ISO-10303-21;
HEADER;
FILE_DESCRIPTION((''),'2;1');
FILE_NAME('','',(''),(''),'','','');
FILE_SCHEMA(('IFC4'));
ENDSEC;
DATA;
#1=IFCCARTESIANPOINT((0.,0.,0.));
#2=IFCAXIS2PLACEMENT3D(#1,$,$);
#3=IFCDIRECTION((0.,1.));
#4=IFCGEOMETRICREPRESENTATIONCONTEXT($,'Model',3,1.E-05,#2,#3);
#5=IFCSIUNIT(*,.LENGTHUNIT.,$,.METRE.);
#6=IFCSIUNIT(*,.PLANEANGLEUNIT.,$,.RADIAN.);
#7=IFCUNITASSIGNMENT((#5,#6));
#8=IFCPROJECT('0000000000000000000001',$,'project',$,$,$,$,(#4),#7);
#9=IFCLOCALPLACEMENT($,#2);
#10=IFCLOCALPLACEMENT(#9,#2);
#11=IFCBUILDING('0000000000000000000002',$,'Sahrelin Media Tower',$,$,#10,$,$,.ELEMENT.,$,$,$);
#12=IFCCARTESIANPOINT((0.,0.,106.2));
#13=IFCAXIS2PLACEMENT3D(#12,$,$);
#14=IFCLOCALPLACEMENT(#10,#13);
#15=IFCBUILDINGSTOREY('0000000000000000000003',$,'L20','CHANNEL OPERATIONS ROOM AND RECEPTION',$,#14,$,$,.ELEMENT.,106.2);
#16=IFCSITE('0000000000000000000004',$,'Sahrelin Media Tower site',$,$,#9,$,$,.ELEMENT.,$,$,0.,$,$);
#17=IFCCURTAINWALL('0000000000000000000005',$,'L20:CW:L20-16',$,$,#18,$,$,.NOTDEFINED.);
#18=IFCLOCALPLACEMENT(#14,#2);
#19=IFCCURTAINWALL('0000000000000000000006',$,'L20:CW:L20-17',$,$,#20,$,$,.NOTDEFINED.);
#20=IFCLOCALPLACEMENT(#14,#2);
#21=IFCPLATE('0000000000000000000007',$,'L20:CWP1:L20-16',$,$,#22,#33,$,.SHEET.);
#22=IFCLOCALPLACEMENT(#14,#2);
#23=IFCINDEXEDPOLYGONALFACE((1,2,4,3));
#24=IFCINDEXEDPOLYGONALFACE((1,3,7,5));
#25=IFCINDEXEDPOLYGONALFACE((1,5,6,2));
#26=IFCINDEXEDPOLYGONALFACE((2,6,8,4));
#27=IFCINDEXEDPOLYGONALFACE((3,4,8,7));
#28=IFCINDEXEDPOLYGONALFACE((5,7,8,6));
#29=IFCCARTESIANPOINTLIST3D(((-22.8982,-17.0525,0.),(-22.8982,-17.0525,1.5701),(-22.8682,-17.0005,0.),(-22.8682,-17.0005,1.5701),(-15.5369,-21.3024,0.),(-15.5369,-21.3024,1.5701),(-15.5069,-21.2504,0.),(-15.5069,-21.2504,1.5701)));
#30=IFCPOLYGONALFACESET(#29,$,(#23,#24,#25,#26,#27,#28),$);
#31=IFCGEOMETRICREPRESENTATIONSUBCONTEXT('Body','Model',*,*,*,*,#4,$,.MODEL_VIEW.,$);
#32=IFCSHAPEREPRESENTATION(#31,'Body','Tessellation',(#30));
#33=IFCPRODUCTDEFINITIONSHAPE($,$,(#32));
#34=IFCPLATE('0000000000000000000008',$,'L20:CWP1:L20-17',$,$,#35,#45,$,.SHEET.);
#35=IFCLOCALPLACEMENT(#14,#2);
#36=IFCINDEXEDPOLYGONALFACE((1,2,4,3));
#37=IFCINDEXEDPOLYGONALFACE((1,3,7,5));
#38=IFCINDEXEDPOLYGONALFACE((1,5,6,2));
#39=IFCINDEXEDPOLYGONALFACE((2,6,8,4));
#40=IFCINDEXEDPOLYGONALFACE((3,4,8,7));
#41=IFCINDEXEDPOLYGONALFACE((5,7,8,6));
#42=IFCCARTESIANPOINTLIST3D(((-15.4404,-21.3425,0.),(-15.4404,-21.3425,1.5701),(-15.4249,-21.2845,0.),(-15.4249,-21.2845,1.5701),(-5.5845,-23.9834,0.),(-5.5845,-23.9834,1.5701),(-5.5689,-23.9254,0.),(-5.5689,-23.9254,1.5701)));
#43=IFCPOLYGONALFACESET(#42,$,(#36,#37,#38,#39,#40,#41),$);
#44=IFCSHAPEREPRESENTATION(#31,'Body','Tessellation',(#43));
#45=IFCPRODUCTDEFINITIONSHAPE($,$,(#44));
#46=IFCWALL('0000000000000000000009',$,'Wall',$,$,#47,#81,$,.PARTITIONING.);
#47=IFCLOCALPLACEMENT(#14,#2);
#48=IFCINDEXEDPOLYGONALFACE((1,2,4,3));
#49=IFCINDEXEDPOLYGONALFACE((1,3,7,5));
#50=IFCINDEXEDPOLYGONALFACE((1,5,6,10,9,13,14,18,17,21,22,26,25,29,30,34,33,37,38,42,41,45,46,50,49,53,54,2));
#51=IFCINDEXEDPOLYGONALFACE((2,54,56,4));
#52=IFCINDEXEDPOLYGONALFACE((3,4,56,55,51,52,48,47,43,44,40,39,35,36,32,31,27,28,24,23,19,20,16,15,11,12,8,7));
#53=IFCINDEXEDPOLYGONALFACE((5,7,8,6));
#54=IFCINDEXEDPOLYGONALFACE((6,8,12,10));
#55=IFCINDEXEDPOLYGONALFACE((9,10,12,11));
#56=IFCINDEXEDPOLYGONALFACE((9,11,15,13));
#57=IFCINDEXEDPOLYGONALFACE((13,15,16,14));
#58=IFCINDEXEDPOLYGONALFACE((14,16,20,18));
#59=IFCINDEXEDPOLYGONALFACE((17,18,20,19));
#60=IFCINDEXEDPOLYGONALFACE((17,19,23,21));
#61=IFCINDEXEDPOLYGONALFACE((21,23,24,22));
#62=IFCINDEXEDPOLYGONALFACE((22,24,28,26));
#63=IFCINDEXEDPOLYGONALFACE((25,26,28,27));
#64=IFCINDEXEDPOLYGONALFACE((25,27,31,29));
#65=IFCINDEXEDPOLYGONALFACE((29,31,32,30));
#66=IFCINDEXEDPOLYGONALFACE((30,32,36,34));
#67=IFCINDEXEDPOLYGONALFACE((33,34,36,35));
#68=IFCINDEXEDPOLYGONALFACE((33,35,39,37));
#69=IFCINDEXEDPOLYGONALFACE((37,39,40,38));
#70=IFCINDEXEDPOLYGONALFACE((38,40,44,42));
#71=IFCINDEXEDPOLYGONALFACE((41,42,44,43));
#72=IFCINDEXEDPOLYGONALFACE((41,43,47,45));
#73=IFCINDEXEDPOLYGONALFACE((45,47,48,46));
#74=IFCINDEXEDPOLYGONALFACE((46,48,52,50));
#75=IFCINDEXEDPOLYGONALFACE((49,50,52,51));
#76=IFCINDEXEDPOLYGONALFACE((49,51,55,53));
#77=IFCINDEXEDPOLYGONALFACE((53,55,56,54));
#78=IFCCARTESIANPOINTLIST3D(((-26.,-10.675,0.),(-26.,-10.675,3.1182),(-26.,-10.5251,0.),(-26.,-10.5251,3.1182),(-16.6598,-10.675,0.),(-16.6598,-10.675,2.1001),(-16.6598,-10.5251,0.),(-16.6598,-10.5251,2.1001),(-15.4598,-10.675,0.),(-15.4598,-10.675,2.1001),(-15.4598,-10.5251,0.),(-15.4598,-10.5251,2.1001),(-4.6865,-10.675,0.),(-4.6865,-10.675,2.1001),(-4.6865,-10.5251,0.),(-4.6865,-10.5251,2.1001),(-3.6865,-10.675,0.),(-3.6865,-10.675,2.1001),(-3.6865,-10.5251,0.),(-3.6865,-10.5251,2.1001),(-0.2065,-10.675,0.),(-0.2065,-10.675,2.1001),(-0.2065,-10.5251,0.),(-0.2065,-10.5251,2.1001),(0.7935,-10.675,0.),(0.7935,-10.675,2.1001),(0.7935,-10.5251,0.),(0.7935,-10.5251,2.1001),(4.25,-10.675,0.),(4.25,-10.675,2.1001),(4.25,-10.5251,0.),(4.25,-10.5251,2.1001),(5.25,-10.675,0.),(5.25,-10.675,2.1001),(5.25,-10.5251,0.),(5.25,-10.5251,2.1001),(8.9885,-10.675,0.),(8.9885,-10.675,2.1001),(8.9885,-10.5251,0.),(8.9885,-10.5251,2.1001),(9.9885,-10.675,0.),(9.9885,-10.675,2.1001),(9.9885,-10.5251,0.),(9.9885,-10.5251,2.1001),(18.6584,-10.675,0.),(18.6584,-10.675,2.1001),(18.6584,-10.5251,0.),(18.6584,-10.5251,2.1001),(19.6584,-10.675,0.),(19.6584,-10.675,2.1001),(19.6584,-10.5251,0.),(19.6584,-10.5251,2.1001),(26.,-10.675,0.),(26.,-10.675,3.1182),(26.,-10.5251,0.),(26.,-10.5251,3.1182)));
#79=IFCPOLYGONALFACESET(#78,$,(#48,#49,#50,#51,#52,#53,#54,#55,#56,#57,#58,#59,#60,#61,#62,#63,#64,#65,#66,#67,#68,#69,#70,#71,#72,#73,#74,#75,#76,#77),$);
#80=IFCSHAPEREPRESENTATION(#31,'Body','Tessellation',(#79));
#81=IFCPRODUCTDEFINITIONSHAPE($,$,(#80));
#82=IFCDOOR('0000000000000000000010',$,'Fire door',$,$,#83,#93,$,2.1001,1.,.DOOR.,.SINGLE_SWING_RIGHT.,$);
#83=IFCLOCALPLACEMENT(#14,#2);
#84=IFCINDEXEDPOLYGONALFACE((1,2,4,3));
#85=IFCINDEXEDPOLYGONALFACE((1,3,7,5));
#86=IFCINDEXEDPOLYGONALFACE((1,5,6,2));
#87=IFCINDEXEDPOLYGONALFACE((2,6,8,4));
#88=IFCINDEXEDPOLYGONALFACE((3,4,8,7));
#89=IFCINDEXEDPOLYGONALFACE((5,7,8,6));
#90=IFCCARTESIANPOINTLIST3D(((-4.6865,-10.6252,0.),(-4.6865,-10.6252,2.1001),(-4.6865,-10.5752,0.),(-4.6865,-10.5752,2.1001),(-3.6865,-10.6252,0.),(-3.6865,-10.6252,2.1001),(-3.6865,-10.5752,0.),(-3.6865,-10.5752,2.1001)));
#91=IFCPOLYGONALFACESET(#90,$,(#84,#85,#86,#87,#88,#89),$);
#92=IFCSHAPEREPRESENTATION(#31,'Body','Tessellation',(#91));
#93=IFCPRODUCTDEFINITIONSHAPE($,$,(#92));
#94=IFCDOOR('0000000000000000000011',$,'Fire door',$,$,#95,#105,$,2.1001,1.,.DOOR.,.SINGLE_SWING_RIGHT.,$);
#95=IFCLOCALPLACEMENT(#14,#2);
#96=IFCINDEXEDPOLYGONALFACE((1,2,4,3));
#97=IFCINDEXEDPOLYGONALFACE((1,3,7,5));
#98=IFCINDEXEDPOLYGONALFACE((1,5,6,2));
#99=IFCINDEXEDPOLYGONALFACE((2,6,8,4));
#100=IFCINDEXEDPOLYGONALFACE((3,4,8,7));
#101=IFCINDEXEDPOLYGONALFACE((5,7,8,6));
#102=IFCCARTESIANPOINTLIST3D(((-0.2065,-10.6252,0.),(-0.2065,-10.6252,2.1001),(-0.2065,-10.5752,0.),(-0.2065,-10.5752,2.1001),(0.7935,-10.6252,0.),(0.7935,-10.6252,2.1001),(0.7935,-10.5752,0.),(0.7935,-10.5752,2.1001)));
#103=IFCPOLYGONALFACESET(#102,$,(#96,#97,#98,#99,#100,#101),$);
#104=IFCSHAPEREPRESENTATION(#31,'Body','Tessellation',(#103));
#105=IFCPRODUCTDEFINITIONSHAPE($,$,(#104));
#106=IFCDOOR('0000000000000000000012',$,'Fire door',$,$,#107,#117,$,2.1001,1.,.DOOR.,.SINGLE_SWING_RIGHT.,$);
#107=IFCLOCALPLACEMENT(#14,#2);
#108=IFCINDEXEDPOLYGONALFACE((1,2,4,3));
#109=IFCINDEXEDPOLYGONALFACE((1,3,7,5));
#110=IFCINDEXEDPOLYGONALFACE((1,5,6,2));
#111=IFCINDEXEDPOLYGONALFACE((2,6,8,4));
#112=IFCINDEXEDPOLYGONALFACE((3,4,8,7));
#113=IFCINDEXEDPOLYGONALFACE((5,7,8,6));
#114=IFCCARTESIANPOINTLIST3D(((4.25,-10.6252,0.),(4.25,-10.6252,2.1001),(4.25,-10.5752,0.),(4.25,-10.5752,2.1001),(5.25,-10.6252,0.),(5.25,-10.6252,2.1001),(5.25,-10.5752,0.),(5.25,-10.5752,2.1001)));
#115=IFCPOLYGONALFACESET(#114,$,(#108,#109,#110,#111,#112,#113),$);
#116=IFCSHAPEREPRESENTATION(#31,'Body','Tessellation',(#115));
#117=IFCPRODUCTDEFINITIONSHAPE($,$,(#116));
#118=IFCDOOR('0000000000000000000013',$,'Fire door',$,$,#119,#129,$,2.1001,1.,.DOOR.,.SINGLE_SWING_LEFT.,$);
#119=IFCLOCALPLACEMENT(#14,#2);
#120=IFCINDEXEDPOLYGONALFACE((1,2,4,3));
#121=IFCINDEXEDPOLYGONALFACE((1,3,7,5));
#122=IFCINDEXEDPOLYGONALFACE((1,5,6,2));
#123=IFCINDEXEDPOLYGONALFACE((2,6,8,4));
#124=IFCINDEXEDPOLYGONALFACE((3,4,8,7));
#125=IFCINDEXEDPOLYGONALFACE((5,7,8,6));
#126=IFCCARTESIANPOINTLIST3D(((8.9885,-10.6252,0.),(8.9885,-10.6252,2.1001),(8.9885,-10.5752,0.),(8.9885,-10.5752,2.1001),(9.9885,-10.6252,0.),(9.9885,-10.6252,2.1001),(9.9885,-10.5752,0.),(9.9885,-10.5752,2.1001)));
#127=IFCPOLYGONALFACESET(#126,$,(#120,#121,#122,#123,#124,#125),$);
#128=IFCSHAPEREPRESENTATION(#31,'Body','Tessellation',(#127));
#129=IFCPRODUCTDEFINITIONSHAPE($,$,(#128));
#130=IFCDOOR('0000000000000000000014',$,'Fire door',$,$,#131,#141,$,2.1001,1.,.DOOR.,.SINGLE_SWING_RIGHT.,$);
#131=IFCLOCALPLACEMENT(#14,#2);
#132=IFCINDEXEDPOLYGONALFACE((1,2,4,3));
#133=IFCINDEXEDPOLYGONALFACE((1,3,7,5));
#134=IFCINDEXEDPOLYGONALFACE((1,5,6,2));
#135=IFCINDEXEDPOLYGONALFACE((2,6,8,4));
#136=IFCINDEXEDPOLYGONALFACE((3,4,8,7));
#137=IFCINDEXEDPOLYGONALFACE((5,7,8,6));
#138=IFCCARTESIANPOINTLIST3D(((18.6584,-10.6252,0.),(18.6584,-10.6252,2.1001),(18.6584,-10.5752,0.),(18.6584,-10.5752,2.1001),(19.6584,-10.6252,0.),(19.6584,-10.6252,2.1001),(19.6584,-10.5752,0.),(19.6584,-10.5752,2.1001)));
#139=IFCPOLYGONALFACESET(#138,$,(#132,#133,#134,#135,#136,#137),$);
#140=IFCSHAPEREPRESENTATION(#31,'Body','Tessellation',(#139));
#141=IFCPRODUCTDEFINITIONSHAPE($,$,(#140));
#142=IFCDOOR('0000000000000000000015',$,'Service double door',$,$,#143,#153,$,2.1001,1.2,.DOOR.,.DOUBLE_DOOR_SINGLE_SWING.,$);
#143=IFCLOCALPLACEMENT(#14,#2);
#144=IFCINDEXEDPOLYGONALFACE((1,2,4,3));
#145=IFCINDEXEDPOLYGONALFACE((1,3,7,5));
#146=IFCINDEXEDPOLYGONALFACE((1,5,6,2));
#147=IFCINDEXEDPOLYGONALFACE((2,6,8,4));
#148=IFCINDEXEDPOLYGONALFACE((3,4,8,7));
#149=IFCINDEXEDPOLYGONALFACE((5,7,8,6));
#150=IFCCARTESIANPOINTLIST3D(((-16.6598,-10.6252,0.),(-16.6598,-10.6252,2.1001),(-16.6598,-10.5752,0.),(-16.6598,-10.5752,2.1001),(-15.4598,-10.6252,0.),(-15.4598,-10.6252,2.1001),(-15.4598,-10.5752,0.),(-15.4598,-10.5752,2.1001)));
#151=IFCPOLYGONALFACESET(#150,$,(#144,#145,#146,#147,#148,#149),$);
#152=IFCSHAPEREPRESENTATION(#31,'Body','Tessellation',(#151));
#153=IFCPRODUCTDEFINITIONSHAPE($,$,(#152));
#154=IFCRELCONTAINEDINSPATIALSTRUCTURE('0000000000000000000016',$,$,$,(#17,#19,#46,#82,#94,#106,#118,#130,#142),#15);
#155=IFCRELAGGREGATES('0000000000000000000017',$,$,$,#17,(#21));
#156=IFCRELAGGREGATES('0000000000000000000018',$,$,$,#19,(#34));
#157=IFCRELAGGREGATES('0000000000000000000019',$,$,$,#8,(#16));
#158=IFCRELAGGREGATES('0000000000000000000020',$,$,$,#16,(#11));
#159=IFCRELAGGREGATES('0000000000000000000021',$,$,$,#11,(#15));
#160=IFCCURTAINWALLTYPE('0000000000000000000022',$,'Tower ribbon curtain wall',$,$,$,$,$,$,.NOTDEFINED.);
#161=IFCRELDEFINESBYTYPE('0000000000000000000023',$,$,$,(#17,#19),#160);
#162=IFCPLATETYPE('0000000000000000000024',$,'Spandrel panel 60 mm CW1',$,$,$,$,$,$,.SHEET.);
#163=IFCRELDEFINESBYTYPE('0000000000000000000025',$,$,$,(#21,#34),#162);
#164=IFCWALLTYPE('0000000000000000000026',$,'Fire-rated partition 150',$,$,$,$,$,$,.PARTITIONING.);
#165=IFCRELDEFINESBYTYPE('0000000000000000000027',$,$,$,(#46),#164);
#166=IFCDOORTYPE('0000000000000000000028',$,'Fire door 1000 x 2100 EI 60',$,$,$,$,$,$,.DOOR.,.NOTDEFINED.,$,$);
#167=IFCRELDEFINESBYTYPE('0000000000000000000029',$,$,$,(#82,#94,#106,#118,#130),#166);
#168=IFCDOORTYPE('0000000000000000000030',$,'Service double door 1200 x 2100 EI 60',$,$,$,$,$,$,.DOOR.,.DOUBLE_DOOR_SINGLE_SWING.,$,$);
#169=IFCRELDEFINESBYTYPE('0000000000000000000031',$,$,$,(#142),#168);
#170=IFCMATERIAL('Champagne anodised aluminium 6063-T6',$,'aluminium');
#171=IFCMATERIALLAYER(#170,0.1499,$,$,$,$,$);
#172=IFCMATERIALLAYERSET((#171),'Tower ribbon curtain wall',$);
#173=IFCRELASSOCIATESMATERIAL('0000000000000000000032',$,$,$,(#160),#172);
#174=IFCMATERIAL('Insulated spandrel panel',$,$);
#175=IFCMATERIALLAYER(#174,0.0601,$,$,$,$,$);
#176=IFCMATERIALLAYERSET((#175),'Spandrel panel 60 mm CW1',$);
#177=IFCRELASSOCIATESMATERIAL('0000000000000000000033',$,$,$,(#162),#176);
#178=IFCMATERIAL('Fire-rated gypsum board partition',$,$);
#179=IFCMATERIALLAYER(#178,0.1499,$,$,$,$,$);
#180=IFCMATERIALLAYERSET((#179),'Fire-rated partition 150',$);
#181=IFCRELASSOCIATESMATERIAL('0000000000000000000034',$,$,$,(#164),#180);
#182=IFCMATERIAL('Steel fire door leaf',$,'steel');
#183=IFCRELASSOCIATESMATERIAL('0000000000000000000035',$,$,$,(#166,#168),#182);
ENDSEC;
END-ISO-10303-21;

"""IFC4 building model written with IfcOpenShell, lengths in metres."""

from ifc_helpers import new_model, si_unit, direction, frame, frame_2d, origin, place, context, subcontext, project, spatial, polyline, rectangle, outline, extrude, material, layer, layer_set, type_object, element, fill, aggregate, save


model = new_model("IFC4")

# Units and contexts
model_context = context("Model", 3, precision=1e-05, world=origin(), true_north=direction((0.0, 1.0)))
body_context = subcontext(model_context, "Body", "Model", "MODEL_VIEW")
ifc_project = project(units=[si_unit("LENGTHUNIT", "METRE"), si_unit("PLANEANGLEUNIT", "RADIAN")], contexts=[model_context])

# Site, building, storey
site_placement = place(None, origin())
site = spatial("IfcSite", under=ifc_project, at=site_placement, Name="Sahrelin Media Tower site", CompositionType="ELEMENT", RefElevation=0.0)
building_placement = place(site_placement, origin())
building = spatial("IfcBuilding", under=site, at=building_placement, Name="Sahrelin Media Tower", CompositionType="ELEMENT")
storey_placement = place(building_placement, frame((0.0, 0.0, 106.2)))
storey = spatial("IfcBuildingStorey", under=building, at=storey_placement, Name="L20", Description="CHANNEL OPERATIONS ROOM AND RECEPTION", CompositionType="ELEMENT", Elevation=106.2)

# Curtain wall
ifc_material_1 = material(Name="Champagne anodised aluminium 6063-T6", Category="aluminium")
ifc_layer_1 = layer(ifc_material_1, 0.1499)
ifc_layer_set_1 = layer_set([ifc_layer_1], Name="Tower ribbon curtain wall")
curtain_wall_type = type_object("IfcCurtainWallType", Name="Tower ribbon curtain wall", PredefinedType="NOTDEFINED", material=ifc_layer_set_1)
curtain_wall_1_placement = place(storey_placement, frame((-19.2075, -19.1604, 0.0), z_axis=(0.0, 0.0, 1.0), x_axis=(1.0, 0.0, 0.0)))
curtain_wall_1 = element("IfcCurtainWall", 1, at=curtain_wall_1_placement, inside=storey, type_object=curtain_wall_type, Name="L20:CW:L20-16", PredefinedType="NOTDEFINED")

# Curtain wall
curtain_wall_2_placement = place(storey_placement, frame((-10.5073, -22.6438, 0.0), z_axis=(0.0, 0.0, 1.0), x_axis=(1.0, 0.0, 0.0)))
curtain_wall_2 = element("IfcCurtainWall", 2, at=curtain_wall_2_placement, inside=storey, type_object=curtain_wall_type, Name="L20:CW:L20-17", PredefinedType="NOTDEFINED")

# Plates
ifc_material_2 = material(Name="Insulated spandrel panel")
ifc_layer_2 = layer(ifc_material_2, 0.0601)
ifc_layer_set_2 = layer_set([ifc_layer_2], Name="Spandrel panel 60 mm CW1")
plate_type_1 = type_object("IfcPlateType", Name="Spandrel panel 60 mm CW1", PredefinedType="SHEET", material=ifc_layer_set_2)
plate_1_placement = place(storey_placement, frame((-22.8982, -17.0525, 0.0), z_axis=(-0.499994, -0.866029, 0.0), x_axis=(0.866029, -0.499994, 0.0)))
plate_1 = element("IfcPlate", 3, at=plate_1_placement, type_object=plate_type_1, Name="L20:CWP1:L20-16", PredefinedType="SHEET", context=body_context, shape_type="SweptSolid", body=[
    extrude(outline(polyline([(0.0, 0.0), (8.5, 0.0), (8.5, 1.5701), (0.0, 1.5701), (0.0, 0.0)])), origin(), (0.0, 0.0, -1.0), 0.0601),
])
aggregate(curtain_wall_1, [plate_1])
plate_2_placement = place(storey_placement, frame((-15.4404, -21.3425, 0.0), z_axis=(-0.258817, -0.965926, 0.0), x_axis=(0.965926, -0.258817, 0.0)))
plate_2 = element("IfcPlate", 4, at=plate_2_placement, type_object=plate_type_1, Name="L20:CWP1:L20-17", PredefinedType="SHEET", context=body_context, shape_type="SweptSolid", body=[
    extrude(outline(polyline([(0.0, 0.0), (10.2036, 0.0), (10.2036, 1.5701), (0.0, 1.5701), (0.0, 0.0)])), origin(), (0.0, 0.0, -1.0), 0.0601),
])
aggregate(curtain_wall_2, [plate_2])

# Wall, openings, doors
ifc_material_3 = material(Name="Fire-rated gypsum board partition")
ifc_layer_3 = layer(ifc_material_3, 0.1499)
ifc_layer_set_3 = layer_set([ifc_layer_3], Name="Fire-rated partition 150")
wall_type = type_object("IfcWallType", Name="Fire-rated partition 150", PredefinedType="PARTITIONING", material=ifc_layer_set_3)
wall_placement = place(storey_placement, frame((-26.0, -10.6001, 0.0), z_axis=(0.0, 0.0, 1.0), x_axis=(1.0, 0.0, 0.0)))
wall = element("IfcWall", 5, at=wall_placement, inside=storey, type_object=wall_type, Name="Wall", PredefinedType="PARTITIONING", context=body_context, shape_type="SweptSolid", body=[
    extrude(rectangle(XDim=52.0, YDim=0.1499, at=frame_2d((26.0, 0.0))), origin(), (0.0, 0.0, 1.0), 3.1182),
])
opening_1_placement = place(wall_placement, frame((9.3401, 0.0, 0.0)))
opening_1 = element("IfcOpeningElement", 6, at=opening_1_placement, cuts=wall, PredefinedType="OPENING", context=body_context, shape_type="SweptSolid", body=[
    extrude(rectangle(XDim=1.2, YDim=2.1001, at=frame_2d((0.6001, 1.05))), frame((0.0, 0.075, 0.0), z_axis=(0.0, -1.0, 0.0), x_axis=(1.0, 0.0, 0.0)), (0.0, 0.0, 1.0), 0.1499),
])
opening_2_placement = place(wall_placement, frame((21.3135, 0.0, 0.0)))
opening_2 = element("IfcOpeningElement", 7, at=opening_2_placement, cuts=wall, PredefinedType="OPENING", context=body_context, shape_type="SweptSolid", body=[
    extrude(rectangle(XDim=1.0, YDim=2.1001, at=frame_2d((0.5, 1.05))), frame((0.0, 0.075, 0.0), z_axis=(0.0, -1.0, 0.0), x_axis=(1.0, 0.0, 0.0)), (0.0, 0.0, 1.0), 0.1499),
])
opening_3_placement = place(wall_placement, frame((25.7935, 0.0, 0.0)))
opening_3 = element("IfcOpeningElement", 8, at=opening_3_placement, cuts=wall, PredefinedType="OPENING", context=body_context, shape_type="SweptSolid", body=[
    extrude(rectangle(XDim=1.0, YDim=2.1001, at=frame_2d((0.5, 1.05))), frame((0.0, 0.075, 0.0), z_axis=(0.0, -1.0, 0.0), x_axis=(1.0, 0.0, 0.0)), (0.0, 0.0, 1.0), 0.1499),
])
opening_4_placement = place(wall_placement, frame((30.25, 0.0, 0.0)))
opening_4 = element("IfcOpeningElement", 9, at=opening_4_placement, cuts=wall, PredefinedType="OPENING", context=body_context, shape_type="SweptSolid", body=[
    extrude(rectangle(XDim=1.0, YDim=2.1001, at=frame_2d((0.5, 1.05))), frame((0.0, 0.075, 0.0), z_axis=(0.0, -1.0, 0.0), x_axis=(1.0, 0.0, 0.0)), (0.0, 0.0, 1.0), 0.1499),
])
opening_5_placement = place(wall_placement, frame((34.9885, 0.0, 0.0)))
opening_5 = element("IfcOpeningElement", 10, at=opening_5_placement, cuts=wall, PredefinedType="OPENING", context=body_context, shape_type="SweptSolid", body=[
    extrude(rectangle(XDim=1.0, YDim=2.1001, at=frame_2d((0.5, 1.05))), frame((0.0, 0.075, 0.0), z_axis=(0.0, -1.0, 0.0), x_axis=(1.0, 0.0, 0.0)), (0.0, 0.0, 1.0), 0.1499),
])
opening_6_placement = place(wall_placement, frame((44.6584, 0.0, 0.0)))
opening_6 = element("IfcOpeningElement", 11, at=opening_6_placement, cuts=wall, PredefinedType="OPENING", context=body_context, shape_type="SweptSolid", body=[
    extrude(rectangle(XDim=1.0, YDim=2.1001, at=frame_2d((0.5, 1.05))), frame((0.0, 0.075, 0.0), z_axis=(0.0, -1.0, 0.0), x_axis=(1.0, 0.0, 0.0)), (0.0, 0.0, 1.0), 0.1499),
])
ifc_material_4 = material(Name="Steel fire door leaf", Category="steel")
door_type_1 = type_object("IfcDoorType", Name="Fire door 1000 x 2100 EI 60", OperationType="NOTDEFINED", PredefinedType="DOOR", material=ifc_material_4)
door_1_placement = place(opening_2_placement, origin())
door_1 = element("IfcDoor", 12, at=door_1_placement, inside=storey, type_object=door_type_1, Name="Fire door", OperationType="SINGLE_SWING_RIGHT", OverallHeight=2.1001, OverallWidth=1.0, PredefinedType="DOOR", context=body_context, shape_type="SweptSolid", body=[
    extrude(rectangle(XDim=1.0, YDim=2.1001, at=frame_2d((0.5, 1.05))), frame((0.0, 0.0249, 0.0), z_axis=(0.0, -1.0, 0.0), x_axis=(1.0, 0.0, 0.0)), (0.0, 0.0, 1.0), 0.05),
])
fill(opening_2, door_1)
door_2_placement = place(opening_3_placement, origin())
door_2 = element("IfcDoor", 13, at=door_2_placement, inside=storey, type_object=door_type_1, Name="Fire door", OperationType="SINGLE_SWING_RIGHT", OverallHeight=2.1001, OverallWidth=1.0, PredefinedType="DOOR", context=body_context, shape_type="SweptSolid", body=[
    extrude(rectangle(XDim=1.0, YDim=2.1001, at=frame_2d((0.5, 1.05))), frame((0.0, 0.0249, 0.0), z_axis=(0.0, -1.0, 0.0), x_axis=(1.0, 0.0, 0.0)), (0.0, 0.0, 1.0), 0.05),
])
fill(opening_3, door_2)
door_3_placement = place(opening_4_placement, origin())
door_3 = element("IfcDoor", 14, at=door_3_placement, inside=storey, type_object=door_type_1, Name="Fire door", OperationType="SINGLE_SWING_RIGHT", OverallHeight=2.1001, OverallWidth=1.0, PredefinedType="DOOR", context=body_context, shape_type="SweptSolid", body=[
    extrude(rectangle(XDim=1.0, YDim=2.1001, at=frame_2d((0.5, 1.05))), frame((0.0, 0.0249, 0.0), z_axis=(0.0, -1.0, 0.0), x_axis=(1.0, 0.0, 0.0)), (0.0, 0.0, 1.0), 0.05),
])
fill(opening_4, door_3)
door_4_placement = place(opening_5_placement, origin())
door_4 = element("IfcDoor", 15, at=door_4_placement, inside=storey, type_object=door_type_1, Name="Fire door", OperationType="SINGLE_SWING_LEFT", OverallHeight=2.1001, OverallWidth=1.0, PredefinedType="DOOR", context=body_context, shape_type="SweptSolid", body=[
    extrude(rectangle(XDim=1.0, YDim=2.1001, at=frame_2d((0.5, 1.05))), frame((0.0, 0.0249, 0.0), z_axis=(0.0, -1.0, 0.0), x_axis=(1.0, 0.0, 0.0)), (0.0, 0.0, 1.0), 0.05),
])
fill(opening_5, door_4)
door_5_placement = place(opening_6_placement, origin())
door_5 = element("IfcDoor", 16, at=door_5_placement, inside=storey, type_object=door_type_1, Name="Fire door", OperationType="SINGLE_SWING_RIGHT", OverallHeight=2.1001, OverallWidth=1.0, PredefinedType="DOOR", context=body_context, shape_type="SweptSolid", body=[
    extrude(rectangle(XDim=1.0, YDim=2.1001, at=frame_2d((0.5, 1.05))), frame((0.0, 0.0249, 0.0), z_axis=(0.0, -1.0, 0.0), x_axis=(1.0, 0.0, 0.0)), (0.0, 0.0, 1.0), 0.05),
])
fill(opening_6, door_5)
door_type_2 = type_object("IfcDoorType", Name="Service double door 1200 x 2100 EI 60", OperationType="DOUBLE_DOOR_SINGLE_SWING", PredefinedType="DOOR", material=ifc_material_4)
door_6_placement = place(opening_1_placement, origin())
door_6 = element("IfcDoor", 17, at=door_6_placement, inside=storey, type_object=door_type_2, Name="Service double door", OperationType="DOUBLE_DOOR_SINGLE_SWING", OverallHeight=2.1001, OverallWidth=1.2, PredefinedType="DOOR", context=body_context, shape_type="SweptSolid", body=[
    extrude(rectangle(XDim=1.2, YDim=2.1001, at=frame_2d((0.6001, 1.05))), frame((0.0, 0.0249, 0.0), z_axis=(0.0, -1.0, 0.0), x_axis=(1.0, 0.0, 0.0)), (0.0, 0.0, 1.0), 0.05),
])
fill(opening_1, door_6)

save(model, "model.ifc")
